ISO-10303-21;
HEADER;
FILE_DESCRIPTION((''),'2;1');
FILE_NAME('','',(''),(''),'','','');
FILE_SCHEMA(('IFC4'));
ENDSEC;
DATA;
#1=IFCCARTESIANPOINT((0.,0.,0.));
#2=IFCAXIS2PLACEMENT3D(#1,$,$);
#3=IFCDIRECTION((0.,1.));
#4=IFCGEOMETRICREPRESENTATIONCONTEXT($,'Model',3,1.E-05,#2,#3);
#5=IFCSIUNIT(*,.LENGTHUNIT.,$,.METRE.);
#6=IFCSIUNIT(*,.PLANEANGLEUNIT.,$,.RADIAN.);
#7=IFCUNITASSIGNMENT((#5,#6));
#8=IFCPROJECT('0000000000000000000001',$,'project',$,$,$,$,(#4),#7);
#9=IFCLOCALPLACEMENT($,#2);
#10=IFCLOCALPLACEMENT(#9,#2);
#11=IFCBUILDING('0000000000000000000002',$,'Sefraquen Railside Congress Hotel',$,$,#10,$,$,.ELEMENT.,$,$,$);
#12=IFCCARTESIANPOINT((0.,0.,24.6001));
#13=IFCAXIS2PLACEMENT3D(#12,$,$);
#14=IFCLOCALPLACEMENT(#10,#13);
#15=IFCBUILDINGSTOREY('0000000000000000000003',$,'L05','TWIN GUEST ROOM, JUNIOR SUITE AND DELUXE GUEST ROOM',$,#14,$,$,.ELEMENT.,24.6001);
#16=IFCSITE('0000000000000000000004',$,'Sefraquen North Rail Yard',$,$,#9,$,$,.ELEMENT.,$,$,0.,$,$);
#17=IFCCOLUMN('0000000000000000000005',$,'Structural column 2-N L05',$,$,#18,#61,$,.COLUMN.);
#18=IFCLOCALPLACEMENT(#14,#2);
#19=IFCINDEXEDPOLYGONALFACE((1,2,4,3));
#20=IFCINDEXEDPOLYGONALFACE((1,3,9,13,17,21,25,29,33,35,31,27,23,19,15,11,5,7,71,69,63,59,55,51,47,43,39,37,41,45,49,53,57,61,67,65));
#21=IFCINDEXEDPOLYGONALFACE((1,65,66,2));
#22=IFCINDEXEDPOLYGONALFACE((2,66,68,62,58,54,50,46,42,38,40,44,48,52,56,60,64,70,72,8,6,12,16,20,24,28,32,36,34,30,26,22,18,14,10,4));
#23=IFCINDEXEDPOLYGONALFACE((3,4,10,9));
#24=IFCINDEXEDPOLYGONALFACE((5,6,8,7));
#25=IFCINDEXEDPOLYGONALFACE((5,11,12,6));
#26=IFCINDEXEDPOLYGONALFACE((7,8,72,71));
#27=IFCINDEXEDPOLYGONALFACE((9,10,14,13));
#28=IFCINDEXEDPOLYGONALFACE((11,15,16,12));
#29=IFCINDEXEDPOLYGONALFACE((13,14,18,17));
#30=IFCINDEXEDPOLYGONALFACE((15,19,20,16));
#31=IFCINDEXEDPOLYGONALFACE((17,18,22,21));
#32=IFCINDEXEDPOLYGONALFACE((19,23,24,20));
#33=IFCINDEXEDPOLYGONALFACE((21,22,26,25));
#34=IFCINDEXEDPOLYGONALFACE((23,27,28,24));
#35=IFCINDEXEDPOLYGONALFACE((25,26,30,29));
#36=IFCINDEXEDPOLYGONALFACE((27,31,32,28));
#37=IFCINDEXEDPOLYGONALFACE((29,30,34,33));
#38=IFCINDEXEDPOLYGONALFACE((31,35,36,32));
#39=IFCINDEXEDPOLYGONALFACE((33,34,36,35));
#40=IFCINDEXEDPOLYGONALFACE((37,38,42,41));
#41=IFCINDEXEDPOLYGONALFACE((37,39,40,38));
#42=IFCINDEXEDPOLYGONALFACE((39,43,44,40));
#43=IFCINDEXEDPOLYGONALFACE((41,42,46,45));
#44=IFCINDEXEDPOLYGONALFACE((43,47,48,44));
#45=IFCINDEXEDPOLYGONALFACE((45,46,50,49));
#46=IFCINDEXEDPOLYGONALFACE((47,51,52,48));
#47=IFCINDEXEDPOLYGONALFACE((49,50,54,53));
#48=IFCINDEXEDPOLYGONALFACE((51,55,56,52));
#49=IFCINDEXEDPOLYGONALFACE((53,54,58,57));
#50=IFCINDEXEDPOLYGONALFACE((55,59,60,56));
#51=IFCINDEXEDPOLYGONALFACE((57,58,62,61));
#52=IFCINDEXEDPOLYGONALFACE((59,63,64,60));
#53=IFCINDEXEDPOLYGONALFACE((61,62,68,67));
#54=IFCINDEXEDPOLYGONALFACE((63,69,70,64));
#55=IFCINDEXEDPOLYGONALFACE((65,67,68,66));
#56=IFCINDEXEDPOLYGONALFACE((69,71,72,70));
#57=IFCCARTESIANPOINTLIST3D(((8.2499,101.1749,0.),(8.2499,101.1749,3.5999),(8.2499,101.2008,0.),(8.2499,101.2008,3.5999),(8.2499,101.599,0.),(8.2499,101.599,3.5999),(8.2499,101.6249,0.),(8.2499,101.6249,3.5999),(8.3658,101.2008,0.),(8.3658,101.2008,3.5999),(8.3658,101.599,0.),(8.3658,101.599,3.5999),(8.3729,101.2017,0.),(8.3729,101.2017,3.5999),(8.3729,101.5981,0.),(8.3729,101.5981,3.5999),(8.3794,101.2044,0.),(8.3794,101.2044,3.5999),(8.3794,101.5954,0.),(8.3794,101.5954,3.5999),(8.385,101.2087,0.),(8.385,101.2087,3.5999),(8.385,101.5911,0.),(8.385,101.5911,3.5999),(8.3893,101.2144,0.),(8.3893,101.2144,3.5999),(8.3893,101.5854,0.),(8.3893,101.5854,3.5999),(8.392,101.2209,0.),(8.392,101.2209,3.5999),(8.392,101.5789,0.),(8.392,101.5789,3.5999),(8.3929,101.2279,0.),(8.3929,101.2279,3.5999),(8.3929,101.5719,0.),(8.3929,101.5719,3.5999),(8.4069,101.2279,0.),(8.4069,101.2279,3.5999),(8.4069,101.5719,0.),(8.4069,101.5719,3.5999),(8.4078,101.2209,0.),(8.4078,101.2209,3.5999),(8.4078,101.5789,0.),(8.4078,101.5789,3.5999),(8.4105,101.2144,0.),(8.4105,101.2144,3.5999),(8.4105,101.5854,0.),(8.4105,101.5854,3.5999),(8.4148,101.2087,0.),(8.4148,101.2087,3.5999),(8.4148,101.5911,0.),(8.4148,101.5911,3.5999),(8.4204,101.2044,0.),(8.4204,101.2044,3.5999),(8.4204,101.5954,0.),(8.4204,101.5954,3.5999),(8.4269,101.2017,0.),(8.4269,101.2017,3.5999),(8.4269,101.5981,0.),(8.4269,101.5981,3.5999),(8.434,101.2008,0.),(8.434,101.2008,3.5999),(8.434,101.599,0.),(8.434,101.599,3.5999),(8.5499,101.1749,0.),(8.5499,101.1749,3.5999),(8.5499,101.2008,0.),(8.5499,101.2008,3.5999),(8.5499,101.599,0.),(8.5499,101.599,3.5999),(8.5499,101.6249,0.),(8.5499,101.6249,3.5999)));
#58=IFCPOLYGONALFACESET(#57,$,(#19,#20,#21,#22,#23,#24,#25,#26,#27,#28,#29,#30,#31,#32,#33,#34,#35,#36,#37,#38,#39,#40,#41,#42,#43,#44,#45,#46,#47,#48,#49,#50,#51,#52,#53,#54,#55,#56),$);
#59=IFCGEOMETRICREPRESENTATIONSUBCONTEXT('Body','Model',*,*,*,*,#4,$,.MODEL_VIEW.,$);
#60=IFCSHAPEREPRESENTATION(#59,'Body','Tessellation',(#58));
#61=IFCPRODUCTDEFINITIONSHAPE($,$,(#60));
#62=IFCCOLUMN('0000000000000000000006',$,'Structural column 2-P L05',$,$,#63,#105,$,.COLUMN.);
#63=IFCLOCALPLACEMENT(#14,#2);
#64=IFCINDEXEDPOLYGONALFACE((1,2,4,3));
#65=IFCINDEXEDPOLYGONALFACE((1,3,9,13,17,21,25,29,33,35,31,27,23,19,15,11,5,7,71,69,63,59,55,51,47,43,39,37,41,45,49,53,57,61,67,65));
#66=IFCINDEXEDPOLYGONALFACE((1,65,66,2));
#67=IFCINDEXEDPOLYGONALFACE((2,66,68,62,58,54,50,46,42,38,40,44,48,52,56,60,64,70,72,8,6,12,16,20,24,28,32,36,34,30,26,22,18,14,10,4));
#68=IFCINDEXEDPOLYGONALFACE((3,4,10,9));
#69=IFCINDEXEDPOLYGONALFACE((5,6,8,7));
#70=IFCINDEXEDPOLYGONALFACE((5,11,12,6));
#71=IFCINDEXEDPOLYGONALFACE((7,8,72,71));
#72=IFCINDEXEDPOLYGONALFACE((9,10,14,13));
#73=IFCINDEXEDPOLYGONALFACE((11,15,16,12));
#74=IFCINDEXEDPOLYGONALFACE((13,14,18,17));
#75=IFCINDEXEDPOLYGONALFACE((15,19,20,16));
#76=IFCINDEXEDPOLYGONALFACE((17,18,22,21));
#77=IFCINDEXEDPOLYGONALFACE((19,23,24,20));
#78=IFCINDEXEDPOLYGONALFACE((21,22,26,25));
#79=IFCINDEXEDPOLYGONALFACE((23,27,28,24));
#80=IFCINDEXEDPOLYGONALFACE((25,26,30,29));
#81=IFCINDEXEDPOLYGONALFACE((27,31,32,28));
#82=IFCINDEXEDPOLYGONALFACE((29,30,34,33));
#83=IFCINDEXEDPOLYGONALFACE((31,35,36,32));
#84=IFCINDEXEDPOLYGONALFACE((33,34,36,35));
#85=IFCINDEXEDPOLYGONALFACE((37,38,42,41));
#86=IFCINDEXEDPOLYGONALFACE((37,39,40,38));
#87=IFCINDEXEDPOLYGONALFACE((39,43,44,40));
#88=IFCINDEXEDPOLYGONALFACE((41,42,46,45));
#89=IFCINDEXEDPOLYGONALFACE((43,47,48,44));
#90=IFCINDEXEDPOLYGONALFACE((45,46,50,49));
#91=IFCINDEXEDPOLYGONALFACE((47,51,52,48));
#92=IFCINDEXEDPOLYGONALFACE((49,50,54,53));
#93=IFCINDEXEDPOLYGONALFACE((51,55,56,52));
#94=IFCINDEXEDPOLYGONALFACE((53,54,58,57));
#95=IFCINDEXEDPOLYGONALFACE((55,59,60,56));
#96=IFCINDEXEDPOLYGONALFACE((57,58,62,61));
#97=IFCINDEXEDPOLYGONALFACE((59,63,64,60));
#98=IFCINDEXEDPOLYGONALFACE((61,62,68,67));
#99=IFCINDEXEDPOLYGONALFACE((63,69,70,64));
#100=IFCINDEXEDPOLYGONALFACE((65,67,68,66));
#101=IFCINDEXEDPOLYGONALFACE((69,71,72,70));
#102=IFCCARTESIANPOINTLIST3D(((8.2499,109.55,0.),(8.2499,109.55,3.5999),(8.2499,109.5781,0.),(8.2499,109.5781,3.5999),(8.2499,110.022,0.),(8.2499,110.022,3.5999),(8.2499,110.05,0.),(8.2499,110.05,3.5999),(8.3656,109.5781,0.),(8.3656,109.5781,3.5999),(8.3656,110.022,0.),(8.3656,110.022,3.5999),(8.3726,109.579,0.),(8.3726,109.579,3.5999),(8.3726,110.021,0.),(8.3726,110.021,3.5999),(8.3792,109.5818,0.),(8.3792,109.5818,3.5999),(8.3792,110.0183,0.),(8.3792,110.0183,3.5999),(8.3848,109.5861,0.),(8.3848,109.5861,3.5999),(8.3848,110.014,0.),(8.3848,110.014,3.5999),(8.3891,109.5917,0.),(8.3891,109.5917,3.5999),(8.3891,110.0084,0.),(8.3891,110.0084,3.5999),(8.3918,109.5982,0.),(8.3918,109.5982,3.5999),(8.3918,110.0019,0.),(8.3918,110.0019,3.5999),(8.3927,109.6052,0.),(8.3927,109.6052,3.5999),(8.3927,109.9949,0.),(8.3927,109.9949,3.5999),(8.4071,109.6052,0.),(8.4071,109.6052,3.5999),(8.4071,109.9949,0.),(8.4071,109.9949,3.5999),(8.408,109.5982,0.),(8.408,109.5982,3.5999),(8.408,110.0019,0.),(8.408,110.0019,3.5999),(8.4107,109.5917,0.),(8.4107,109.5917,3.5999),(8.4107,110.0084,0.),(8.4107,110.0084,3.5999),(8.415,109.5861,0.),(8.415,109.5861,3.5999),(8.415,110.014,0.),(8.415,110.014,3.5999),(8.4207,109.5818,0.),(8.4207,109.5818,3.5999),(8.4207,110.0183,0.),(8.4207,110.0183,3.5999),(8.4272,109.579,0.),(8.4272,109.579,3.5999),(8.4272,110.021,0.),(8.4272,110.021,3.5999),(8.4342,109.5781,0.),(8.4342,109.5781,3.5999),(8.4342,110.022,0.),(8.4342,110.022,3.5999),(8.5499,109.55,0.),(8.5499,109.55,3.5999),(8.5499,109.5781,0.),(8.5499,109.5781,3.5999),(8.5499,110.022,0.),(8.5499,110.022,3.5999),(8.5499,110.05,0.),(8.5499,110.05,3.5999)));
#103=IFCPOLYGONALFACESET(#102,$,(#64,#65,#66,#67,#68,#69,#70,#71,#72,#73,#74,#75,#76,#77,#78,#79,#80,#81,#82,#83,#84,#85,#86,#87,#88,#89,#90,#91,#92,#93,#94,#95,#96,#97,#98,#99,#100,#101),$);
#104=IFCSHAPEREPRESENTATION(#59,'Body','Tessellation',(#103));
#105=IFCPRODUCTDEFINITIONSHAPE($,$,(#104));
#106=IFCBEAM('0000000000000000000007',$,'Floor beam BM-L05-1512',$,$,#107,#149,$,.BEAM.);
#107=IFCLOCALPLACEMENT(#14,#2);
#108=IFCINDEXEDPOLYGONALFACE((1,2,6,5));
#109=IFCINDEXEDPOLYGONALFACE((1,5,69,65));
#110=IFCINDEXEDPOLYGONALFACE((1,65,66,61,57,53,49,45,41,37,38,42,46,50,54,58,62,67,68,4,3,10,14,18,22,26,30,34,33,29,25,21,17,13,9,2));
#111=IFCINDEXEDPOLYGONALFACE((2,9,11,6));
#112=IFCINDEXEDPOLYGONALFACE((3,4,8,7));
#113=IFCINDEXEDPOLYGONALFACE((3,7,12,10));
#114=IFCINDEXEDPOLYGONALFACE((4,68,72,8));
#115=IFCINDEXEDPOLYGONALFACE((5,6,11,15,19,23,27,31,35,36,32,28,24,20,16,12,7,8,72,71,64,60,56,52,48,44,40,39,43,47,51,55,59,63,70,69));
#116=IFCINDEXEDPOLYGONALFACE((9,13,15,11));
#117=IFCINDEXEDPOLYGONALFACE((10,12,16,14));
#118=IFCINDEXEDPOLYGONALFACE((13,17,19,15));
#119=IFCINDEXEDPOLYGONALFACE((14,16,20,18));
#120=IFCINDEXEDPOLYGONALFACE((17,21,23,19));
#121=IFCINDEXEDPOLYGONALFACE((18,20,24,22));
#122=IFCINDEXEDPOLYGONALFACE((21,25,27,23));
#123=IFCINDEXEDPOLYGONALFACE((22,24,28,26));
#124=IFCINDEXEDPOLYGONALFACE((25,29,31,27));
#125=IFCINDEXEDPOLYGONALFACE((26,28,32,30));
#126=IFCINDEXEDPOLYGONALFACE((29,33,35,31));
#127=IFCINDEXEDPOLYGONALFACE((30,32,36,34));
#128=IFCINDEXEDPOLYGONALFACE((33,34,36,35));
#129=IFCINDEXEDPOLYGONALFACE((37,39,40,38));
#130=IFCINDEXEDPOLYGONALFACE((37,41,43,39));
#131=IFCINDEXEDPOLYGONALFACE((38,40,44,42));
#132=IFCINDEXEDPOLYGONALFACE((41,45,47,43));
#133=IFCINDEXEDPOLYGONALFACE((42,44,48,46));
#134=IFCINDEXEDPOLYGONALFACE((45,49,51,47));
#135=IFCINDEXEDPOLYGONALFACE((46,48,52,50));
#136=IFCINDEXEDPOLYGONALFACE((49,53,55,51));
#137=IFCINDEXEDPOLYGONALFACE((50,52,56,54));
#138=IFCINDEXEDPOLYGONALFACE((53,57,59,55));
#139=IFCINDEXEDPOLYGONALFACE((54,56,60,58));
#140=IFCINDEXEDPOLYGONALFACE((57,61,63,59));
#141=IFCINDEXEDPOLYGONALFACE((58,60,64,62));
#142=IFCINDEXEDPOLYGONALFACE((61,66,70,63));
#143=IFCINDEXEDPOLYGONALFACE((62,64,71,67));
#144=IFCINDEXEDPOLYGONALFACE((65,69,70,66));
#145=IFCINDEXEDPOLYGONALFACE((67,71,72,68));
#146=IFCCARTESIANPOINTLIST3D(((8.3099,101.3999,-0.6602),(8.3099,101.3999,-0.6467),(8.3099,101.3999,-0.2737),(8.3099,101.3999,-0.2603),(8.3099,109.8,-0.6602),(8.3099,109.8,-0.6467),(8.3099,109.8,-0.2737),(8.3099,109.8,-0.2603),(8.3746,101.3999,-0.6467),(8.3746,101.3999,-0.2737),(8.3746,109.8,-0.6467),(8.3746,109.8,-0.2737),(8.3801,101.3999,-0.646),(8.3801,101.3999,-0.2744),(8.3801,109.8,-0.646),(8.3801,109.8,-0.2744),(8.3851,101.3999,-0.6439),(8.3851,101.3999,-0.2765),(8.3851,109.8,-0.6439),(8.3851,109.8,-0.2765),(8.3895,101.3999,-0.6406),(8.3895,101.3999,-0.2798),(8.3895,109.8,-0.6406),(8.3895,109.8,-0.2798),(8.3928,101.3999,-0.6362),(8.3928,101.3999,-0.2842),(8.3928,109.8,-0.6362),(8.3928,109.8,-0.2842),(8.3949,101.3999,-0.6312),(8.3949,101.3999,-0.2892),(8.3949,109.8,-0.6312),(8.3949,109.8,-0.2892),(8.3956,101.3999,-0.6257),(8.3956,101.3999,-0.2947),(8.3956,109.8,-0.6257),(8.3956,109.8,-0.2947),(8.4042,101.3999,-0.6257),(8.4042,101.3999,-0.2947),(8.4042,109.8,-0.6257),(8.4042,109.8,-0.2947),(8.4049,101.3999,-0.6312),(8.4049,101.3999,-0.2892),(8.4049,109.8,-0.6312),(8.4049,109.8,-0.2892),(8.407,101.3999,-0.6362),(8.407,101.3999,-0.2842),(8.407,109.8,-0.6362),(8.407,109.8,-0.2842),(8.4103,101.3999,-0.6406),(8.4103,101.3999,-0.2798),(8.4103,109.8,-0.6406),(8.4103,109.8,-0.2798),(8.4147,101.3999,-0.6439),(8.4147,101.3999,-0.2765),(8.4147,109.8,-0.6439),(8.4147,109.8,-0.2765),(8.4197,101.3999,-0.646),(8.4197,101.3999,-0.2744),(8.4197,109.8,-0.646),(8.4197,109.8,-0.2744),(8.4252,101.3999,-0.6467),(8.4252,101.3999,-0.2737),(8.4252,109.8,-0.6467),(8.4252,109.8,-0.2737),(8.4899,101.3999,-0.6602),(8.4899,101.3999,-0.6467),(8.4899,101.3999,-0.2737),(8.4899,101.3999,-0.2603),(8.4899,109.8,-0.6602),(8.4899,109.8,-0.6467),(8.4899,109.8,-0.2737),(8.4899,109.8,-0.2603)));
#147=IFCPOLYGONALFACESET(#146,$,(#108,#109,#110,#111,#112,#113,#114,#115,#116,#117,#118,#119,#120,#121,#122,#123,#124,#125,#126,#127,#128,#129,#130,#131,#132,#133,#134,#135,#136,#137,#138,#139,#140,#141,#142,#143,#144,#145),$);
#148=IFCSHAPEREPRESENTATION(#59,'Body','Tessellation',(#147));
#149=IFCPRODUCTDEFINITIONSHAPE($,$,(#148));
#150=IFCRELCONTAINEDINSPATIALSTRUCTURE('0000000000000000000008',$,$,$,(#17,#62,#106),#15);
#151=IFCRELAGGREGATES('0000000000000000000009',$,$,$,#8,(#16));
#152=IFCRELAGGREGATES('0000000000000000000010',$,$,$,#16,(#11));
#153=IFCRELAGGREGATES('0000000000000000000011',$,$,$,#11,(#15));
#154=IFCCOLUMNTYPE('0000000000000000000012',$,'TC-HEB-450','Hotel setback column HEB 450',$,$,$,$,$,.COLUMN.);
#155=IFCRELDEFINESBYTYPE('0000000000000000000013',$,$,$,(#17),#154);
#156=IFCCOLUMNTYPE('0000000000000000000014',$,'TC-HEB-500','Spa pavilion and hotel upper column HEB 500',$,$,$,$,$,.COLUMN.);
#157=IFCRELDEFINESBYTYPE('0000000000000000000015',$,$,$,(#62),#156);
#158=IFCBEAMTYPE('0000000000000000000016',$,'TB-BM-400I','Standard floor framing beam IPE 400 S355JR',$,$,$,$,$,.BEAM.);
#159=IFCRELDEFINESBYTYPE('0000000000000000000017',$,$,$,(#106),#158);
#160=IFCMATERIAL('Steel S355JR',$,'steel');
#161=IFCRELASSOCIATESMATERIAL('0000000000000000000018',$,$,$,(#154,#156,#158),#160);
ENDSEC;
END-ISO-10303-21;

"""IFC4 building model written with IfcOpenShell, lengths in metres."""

from ifc_helpers import new_model, si_unit, direction, frame, origin, origin_2d, place, context, subcontext, project, spatial, i_section, extrude, material, material_profile, profile_set, type_object, element, save


model = new_model("IFC4")

# Units and contexts
model_context = context("Model", 3, precision=1e-05, world=origin(), true_north=direction((0.0, 1.0)))
body_context = subcontext(model_context, "Body", "Model", "MODEL_VIEW")
ifc_project = project(units=[si_unit("LENGTHUNIT", "METRE"), si_unit("PLANEANGLEUNIT", "RADIAN")], contexts=[model_context])

# Site, building, storey
site_placement = place(None, origin())
site = spatial("IfcSite", under=ifc_project, at=site_placement, Name="Sefraquen North Rail Yard", CompositionType="ELEMENT", RefElevation=0.0)
building_placement = place(site_placement, origin())
building = spatial("IfcBuilding", under=site, at=building_placement, Name="Sefraquen Railside Congress Hotel", CompositionType="ELEMENT")
storey_placement = place(building_placement, frame((0.0, 0.0, 24.6001)))
storey = spatial("IfcBuildingStorey", under=building, at=storey_placement, Name="L05", Description="TWIN GUEST ROOM, JUNIOR SUITE AND DELUXE GUEST ROOM", CompositionType="ELEMENT", Elevation=24.6001)

# Columns
ifc_material_1 = material(Name="Steel S355JR", Category="steel")
ifc_material_profile_1 = material_profile(ifc_material_1, i_section(OverallWidth=0.3, OverallDepth=0.45, WebThickness=0.0139, FlangeThickness=0.0259, FilletRadius=0.0271, at=origin_2d()), Name="HEB 450")
ifc_profile_set_1 = profile_set([ifc_material_profile_1], Name="Steel S355JR")
column_type_1 = type_object("IfcColumnType", Name="TC-HEB-450", Description="Hotel setback column HEB 450", PredefinedType="COLUMN", material=ifc_profile_set_1)
column_1_placement = place(storey_placement, frame((8.3999, 101.3999, 0.0), z_axis=(0.0, 0.0, 1.0), x_axis=(1.0, 0.0, 0.0)))
element("IfcColumn", 1, at=column_1_placement, inside=storey, type_object=column_type_1, Name="Structural column 2-N L05", PredefinedType="COLUMN", context=body_context, shape_type="SweptSolid", body=[
    extrude(i_section(OverallWidth=0.3, OverallDepth=0.45, WebThickness=0.0139, FlangeThickness=0.0259, FilletRadius=0.0271, at=origin_2d()), origin(), (0.0, 0.0, 1.0), 3.5999),
])
ifc_material_profile_2 = material_profile(ifc_material_1, i_section(OverallWidth=0.3, OverallDepth=0.5, WebThickness=0.0144, FlangeThickness=0.0281, FilletRadius=0.0271, at=origin_2d()), Name="HEB 500")
ifc_profile_set_2 = profile_set([ifc_material_profile_2], Name="Steel S355JR")
column_type_2 = type_object("IfcColumnType", Name="TC-HEB-500", Description="Spa pavilion and hotel upper column HEB 500", PredefinedType="COLUMN", material=ifc_profile_set_2)
column_2_placement = place(storey_placement, frame((8.3999, 109.8, 0.0), z_axis=(0.0, 0.0, 1.0), x_axis=(1.0, 0.0, 0.0)))
element("IfcColumn", 2, at=column_2_placement, inside=storey, type_object=column_type_2, Name="Structural column 2-P L05", PredefinedType="COLUMN", context=body_context, shape_type="SweptSolid", body=[
    extrude(i_section(OverallWidth=0.3, OverallDepth=0.5, WebThickness=0.0144, FlangeThickness=0.0281, FilletRadius=0.0271, at=origin_2d()), origin(), (0.0, 0.0, 1.0), 3.5999),
])

# Beam
ifc_material_profile_3 = material_profile(ifc_material_1, i_section(OverallWidth=0.1799, OverallDepth=0.3999, WebThickness=0.0085, FlangeThickness=0.0134, FilletRadius=0.021, at=origin_2d()), Name="IPE 400")
ifc_profile_set_3 = profile_set([ifc_material_profile_3], Name="Steel S355JR")
beam_type_1 = type_object("IfcBeamType", Name="TB-BM-400I", Description="Standard floor framing beam IPE 400 S355JR", PredefinedType="BEAM", material=ifc_profile_set_3)
beam_1_placement = place(storey_placement, frame((8.3999, 101.3999, -0.4602), z_axis=(0.0, 1.0, 0.0), x_axis=(-1.0, 0.0, 0.0)))
element("IfcBeam", 3, at=beam_1_placement, inside=storey, type_object=beam_type_1, Name="Floor beam BM-L05-1512", PredefinedType="BEAM", context=body_context, shape_type="SweptSolid", body=[
    extrude(i_section(OverallWidth=0.1799, OverallDepth=0.3999, WebThickness=0.0085, FlangeThickness=0.0134, FilletRadius=0.021, at=origin_2d()), origin(), (0.0, 0.0, 1.0), 8.4001),
])

save(model, "model.ifc")
